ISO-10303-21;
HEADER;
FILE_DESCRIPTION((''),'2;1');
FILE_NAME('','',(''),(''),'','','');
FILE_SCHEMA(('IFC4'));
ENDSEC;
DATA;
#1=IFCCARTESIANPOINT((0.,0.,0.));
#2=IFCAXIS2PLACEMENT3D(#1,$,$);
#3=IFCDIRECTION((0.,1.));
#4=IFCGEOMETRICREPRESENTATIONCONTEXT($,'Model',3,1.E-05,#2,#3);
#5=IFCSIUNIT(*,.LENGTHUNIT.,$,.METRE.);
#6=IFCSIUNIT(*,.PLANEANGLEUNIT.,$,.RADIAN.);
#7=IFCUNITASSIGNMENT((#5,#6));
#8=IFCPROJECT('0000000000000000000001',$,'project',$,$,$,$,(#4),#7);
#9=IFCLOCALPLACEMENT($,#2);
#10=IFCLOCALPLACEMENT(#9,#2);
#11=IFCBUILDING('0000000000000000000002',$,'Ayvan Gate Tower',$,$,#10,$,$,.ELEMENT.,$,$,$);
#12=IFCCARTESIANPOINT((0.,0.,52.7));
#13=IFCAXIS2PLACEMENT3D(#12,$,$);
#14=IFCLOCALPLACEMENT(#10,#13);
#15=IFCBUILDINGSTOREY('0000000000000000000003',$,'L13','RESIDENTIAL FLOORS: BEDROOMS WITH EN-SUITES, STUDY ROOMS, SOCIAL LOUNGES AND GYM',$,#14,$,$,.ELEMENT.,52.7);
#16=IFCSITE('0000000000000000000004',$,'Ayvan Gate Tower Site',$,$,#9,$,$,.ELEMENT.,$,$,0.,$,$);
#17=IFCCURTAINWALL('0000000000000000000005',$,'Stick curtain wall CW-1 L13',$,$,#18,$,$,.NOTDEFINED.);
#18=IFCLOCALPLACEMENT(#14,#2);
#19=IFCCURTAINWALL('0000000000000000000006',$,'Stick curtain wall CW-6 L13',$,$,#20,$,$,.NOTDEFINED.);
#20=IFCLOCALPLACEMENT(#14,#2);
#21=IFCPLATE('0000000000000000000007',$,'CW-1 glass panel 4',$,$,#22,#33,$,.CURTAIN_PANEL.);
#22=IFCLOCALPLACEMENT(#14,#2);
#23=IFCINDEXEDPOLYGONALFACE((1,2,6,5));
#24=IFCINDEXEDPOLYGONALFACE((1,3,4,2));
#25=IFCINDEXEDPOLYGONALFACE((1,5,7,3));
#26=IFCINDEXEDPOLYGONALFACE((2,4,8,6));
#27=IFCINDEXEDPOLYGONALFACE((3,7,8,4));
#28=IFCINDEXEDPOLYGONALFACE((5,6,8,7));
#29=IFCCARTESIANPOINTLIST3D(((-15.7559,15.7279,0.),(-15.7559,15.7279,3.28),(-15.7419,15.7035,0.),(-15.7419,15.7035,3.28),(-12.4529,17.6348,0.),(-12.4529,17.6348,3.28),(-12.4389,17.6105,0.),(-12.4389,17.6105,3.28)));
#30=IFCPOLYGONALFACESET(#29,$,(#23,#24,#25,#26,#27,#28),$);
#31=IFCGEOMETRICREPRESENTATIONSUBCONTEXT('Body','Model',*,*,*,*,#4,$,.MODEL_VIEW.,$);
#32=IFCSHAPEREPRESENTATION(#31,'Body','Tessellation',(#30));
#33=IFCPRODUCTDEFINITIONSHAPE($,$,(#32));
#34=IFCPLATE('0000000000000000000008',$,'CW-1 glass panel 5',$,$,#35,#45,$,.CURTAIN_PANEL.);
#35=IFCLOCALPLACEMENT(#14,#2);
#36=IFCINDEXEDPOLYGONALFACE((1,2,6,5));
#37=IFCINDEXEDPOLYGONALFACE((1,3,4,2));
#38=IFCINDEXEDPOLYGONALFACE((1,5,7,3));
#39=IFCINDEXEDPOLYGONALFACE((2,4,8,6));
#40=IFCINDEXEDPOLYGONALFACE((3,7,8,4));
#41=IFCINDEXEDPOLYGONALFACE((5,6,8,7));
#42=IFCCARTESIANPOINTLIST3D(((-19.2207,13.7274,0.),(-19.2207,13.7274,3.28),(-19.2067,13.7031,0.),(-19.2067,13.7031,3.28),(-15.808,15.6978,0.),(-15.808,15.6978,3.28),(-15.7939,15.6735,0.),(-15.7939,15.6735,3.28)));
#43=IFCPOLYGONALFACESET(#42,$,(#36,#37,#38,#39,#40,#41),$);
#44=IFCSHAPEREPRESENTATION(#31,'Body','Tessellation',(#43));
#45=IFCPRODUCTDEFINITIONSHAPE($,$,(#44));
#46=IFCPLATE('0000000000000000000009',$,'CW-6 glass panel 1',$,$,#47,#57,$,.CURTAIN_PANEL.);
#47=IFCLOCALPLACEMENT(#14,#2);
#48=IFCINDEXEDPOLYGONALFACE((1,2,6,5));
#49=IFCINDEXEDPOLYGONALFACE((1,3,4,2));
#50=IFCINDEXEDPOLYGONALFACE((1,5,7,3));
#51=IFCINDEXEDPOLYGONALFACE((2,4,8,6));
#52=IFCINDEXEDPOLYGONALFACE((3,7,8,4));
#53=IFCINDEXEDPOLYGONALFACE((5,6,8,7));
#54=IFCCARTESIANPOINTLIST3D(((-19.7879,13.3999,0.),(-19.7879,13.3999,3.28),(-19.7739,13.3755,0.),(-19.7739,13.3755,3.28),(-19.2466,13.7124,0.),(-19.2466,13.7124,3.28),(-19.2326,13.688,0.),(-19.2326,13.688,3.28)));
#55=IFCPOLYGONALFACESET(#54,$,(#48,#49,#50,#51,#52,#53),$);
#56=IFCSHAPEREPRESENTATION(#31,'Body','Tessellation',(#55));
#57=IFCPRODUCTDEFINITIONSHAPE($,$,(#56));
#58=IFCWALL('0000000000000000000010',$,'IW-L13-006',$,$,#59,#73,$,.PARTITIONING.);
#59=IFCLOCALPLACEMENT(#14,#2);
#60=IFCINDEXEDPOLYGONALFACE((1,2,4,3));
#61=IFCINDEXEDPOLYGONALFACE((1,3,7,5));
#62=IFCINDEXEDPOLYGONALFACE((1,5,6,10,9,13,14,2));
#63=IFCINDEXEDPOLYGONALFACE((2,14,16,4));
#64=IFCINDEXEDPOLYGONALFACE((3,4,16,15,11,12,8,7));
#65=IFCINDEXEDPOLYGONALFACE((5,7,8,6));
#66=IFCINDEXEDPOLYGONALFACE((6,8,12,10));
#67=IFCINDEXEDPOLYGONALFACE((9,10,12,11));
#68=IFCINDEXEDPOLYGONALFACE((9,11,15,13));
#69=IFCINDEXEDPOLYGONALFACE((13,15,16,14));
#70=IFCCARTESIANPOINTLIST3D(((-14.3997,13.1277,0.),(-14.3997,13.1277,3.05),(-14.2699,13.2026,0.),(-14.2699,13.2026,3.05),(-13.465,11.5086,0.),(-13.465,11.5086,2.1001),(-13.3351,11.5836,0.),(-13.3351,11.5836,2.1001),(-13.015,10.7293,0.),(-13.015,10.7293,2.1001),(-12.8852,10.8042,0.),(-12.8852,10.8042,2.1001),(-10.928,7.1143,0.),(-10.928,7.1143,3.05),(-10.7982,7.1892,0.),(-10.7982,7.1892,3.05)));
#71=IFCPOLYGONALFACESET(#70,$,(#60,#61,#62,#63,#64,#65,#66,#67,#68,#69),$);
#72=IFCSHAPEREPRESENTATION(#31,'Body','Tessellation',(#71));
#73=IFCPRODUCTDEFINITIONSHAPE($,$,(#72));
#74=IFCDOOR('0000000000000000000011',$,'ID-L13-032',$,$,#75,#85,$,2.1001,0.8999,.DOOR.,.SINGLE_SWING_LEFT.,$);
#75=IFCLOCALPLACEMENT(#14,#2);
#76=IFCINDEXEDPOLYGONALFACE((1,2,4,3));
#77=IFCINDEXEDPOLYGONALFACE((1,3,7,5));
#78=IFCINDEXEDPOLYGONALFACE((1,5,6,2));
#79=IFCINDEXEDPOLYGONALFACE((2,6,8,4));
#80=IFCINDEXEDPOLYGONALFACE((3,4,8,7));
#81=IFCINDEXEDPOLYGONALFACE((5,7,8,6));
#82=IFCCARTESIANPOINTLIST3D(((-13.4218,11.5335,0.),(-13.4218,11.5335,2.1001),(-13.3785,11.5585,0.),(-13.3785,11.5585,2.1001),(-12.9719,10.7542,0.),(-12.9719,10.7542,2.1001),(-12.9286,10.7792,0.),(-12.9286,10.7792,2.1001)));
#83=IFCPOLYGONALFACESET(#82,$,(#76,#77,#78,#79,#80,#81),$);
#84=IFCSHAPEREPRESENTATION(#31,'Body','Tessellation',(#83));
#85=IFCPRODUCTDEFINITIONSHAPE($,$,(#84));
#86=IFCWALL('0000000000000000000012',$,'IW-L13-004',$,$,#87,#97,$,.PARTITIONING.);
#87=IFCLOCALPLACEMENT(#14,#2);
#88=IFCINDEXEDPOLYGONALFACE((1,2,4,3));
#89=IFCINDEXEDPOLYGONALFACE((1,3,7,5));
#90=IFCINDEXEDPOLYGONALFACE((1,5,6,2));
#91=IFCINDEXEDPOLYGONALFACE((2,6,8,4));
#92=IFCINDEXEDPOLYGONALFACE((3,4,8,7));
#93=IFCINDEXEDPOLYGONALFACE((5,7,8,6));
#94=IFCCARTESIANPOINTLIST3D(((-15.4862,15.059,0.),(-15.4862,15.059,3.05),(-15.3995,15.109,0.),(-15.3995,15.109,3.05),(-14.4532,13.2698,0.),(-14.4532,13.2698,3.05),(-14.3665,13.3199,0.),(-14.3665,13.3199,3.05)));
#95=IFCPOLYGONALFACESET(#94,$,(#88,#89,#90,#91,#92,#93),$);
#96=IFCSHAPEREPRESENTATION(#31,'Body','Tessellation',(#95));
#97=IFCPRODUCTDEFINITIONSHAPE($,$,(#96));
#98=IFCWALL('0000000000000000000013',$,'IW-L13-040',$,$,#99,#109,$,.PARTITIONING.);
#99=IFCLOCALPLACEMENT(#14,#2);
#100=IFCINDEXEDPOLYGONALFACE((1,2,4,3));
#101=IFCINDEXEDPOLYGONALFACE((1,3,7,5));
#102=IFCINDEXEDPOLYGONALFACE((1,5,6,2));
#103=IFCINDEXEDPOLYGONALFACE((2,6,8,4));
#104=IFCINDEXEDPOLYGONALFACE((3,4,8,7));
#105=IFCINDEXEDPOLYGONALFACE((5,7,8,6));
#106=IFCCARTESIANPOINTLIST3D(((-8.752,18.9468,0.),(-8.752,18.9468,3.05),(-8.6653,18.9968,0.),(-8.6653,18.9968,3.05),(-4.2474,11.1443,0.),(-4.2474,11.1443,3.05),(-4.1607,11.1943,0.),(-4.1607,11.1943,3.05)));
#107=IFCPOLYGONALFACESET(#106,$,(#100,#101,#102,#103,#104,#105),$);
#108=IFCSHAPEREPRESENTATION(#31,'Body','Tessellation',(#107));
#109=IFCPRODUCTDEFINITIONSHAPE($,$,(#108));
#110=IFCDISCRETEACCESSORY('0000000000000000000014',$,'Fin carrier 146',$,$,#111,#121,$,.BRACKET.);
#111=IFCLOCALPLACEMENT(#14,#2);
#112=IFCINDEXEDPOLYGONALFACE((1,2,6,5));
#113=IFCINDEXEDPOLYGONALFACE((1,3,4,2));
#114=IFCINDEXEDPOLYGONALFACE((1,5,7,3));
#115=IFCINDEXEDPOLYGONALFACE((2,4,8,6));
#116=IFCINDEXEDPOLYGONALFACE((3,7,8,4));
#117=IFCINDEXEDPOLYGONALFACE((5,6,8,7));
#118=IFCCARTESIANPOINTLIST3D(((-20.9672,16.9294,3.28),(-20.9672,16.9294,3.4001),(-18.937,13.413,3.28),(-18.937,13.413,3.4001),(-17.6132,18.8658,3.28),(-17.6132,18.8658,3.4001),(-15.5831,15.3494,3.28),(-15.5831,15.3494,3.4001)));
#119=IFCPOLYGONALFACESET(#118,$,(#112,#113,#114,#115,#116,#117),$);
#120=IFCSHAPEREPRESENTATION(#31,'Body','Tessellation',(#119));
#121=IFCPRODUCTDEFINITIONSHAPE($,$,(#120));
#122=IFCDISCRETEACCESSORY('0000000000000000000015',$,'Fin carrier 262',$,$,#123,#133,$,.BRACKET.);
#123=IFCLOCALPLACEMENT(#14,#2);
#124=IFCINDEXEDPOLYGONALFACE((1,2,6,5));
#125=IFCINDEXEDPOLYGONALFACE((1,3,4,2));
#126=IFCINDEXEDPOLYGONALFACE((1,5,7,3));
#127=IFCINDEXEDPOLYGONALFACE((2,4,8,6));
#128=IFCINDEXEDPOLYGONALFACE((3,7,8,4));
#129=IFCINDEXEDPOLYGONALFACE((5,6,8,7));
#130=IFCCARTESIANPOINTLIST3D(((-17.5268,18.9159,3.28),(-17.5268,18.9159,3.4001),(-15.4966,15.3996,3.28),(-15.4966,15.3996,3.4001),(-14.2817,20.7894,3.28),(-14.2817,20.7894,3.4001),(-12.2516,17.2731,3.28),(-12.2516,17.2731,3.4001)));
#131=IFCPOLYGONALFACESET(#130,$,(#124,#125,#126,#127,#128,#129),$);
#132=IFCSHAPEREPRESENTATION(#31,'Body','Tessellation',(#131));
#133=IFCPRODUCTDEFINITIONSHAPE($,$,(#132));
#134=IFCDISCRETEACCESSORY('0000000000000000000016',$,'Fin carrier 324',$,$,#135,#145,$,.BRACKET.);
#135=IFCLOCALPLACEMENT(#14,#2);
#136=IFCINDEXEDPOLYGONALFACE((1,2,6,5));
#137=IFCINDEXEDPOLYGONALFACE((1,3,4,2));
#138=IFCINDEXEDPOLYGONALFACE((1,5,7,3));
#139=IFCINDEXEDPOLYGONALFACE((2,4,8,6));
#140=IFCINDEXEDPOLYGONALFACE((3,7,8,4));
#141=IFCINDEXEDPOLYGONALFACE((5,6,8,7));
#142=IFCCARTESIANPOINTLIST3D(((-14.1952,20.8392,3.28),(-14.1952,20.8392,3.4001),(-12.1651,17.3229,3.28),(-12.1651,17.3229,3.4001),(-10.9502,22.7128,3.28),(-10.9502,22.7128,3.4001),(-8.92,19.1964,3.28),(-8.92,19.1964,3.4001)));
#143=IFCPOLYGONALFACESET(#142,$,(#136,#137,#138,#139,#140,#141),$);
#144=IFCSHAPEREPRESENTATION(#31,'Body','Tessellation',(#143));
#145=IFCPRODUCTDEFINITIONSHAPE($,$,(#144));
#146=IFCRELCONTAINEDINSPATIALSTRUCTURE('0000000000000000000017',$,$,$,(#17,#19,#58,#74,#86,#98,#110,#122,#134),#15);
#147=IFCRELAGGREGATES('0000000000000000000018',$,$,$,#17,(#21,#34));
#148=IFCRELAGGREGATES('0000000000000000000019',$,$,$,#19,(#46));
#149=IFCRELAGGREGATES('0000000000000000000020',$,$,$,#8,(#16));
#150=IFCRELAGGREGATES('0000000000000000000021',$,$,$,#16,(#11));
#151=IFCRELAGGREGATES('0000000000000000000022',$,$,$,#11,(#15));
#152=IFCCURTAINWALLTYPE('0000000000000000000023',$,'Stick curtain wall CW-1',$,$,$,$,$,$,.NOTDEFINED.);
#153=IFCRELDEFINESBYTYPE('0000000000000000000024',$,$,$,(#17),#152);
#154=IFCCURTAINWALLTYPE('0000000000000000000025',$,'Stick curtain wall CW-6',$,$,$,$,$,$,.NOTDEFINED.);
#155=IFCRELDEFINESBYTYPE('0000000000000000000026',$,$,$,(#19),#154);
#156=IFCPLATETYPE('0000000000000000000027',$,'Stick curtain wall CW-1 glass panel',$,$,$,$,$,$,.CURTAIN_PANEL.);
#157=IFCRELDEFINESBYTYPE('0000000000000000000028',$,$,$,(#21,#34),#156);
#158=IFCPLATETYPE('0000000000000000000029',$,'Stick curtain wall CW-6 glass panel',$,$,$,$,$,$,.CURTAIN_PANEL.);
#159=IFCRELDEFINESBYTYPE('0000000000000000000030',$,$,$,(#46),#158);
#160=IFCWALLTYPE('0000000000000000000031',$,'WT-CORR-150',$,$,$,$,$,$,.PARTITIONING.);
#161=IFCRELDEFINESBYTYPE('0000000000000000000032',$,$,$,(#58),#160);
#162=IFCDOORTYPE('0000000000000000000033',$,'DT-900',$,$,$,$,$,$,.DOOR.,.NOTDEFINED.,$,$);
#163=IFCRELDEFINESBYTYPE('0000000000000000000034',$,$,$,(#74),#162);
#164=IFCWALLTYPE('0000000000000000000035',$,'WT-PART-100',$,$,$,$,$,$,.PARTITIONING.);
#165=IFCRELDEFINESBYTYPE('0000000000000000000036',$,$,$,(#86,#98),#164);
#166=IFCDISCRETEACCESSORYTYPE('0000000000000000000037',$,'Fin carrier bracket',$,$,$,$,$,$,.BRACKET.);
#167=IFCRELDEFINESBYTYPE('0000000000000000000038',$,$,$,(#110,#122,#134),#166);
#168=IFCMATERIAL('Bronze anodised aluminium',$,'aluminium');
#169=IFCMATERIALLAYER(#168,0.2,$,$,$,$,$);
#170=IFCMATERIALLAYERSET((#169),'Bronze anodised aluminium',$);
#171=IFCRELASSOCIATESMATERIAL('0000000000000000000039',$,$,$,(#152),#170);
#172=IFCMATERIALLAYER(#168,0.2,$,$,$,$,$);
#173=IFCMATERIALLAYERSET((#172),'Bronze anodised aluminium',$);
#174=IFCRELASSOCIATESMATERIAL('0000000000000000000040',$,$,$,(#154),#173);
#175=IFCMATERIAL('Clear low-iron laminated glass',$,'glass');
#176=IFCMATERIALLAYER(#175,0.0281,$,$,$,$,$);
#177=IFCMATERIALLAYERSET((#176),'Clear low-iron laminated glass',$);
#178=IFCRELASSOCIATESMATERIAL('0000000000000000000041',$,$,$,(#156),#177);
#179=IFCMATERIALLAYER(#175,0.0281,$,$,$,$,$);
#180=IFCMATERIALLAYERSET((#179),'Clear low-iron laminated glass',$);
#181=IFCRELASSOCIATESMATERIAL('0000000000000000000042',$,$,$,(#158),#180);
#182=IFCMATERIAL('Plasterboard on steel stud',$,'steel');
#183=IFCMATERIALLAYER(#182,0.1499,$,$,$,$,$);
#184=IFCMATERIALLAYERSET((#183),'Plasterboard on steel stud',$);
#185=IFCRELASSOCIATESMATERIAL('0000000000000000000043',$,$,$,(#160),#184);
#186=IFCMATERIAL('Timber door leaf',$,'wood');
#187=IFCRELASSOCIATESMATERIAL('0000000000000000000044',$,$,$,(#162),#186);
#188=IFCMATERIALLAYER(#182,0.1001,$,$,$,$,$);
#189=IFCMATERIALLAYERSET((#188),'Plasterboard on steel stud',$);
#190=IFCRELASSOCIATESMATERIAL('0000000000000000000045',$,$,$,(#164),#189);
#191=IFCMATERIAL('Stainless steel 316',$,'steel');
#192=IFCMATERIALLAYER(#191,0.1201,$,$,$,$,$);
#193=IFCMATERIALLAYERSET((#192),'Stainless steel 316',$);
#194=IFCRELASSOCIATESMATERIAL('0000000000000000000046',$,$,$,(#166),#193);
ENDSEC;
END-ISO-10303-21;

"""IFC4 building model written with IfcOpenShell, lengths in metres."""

from ifc_helpers import new_model, si_unit, direction, frame, frame_2d, origin, origin_2d, place, context, subcontext, project, spatial, rectangle, extrude, material, layer, layer_set, type_object, element, fill, aggregate, save


model = new_model("IFC4")

# Units and contexts
model_context = context("Model", 3, precision=1e-05, world=origin(), true_north=direction((0.0, 1.0)))
body_context = subcontext(model_context, "Body", "Model", "MODEL_VIEW")
ifc_project = project(units=[si_unit("LENGTHUNIT", "METRE"), si_unit("PLANEANGLEUNIT", "RADIAN")], contexts=[model_context])

# Site, building, storey
site_placement = place(None, origin())
site = spatial("IfcSite", under=ifc_project, at=site_placement, Name="Ayvan Gate Tower Site", CompositionType="ELEMENT", RefElevation=0.0)
building_placement = place(site_placement, origin())
building = spatial("IfcBuilding", under=site, at=building_placement, Name="Ayvan Gate Tower", CompositionType="ELEMENT")
storey_placement = place(building_placement, frame((0.0, 0.0, 52.7)))
storey = spatial("IfcBuildingStorey", under=building, at=storey_placement, Name="L13", Description="RESIDENTIAL FLOORS: BEDROOMS WITH EN-SUITES, STUDY ROOMS, SOCIAL LOUNGES AND GYM", CompositionType="ELEMENT", Elevation=52.7)

# Curtain walls
ifc_material_1 = material(Name="Bronze anodised aluminium", Category="aluminium")
ifc_layer_1 = layer(ifc_material_1, 0.2)
ifc_layer_set_1 = layer_set([ifc_layer_1], Name="Bronze anodised aluminium")
curtain_wall_type_1 = type_object("IfcCurtainWallType", Name="Stick curtain wall CW-1", PredefinedType="NOTDEFINED", material=ifc_layer_set_1)
curtain_wall_1_placement = place(storey_placement, origin())
curtain_wall_1 = element("IfcCurtainWall", 1, at=curtain_wall_1_placement, inside=storey, type_object=curtain_wall_type_1, Name="Stick curtain wall CW-1 L13", PredefinedType="NOTDEFINED")
ifc_layer_2 = layer(ifc_material_1, 0.2)
ifc_layer_set_2 = layer_set([ifc_layer_2], Name="Bronze anodised aluminium")
curtain_wall_type_2 = type_object("IfcCurtainWallType", Name="Stick curtain wall CW-6", PredefinedType="NOTDEFINED", material=ifc_layer_set_2)
curtain_wall_2_placement = place(storey_placement, origin())
curtain_wall_2 = element("IfcCurtainWall", 2, at=curtain_wall_2_placement, inside=storey, type_object=curtain_wall_type_2, Name="Stick curtain wall CW-6 L13", PredefinedType="NOTDEFINED")

# Plates
ifc_material_2 = material(Name="Clear low-iron laminated glass", Category="glass")
ifc_layer_3 = layer(ifc_material_2, 0.0281)
ifc_layer_set_3 = layer_set([ifc_layer_3], Name="Clear low-iron laminated glass")
plate_type_1 = type_object("IfcPlateType", Name="Stick curtain wall CW-1 glass panel", PredefinedType="CURTAIN_PANEL", material=ifc_layer_set_3)
plate_1_placement = place(storey_placement, frame((-14.0974, 16.6692, 0.0), z_axis=(0.0, 0.0, 1.0), x_axis=(-0.866025, -0.5, 0.0)))
plate_1 = element("IfcPlate", 3, at=plate_1_placement, type_object=plate_type_1, Name="CW-1 glass panel 4", PredefinedType="CURTAIN_PANEL", context=body_context, shape_type="SweptSolid", body=[
    extrude(rectangle(XDim=3.814, YDim=0.0281, at=origin_2d()), origin(), (0.0, 0.0, 1.0), 3.28),
])
plate_2_placement = place(storey_placement, frame((-17.5073, 14.7004, 0.0), z_axis=(0.0, 0.0, 1.0), x_axis=(-0.866025, -0.5, 0.0)))
plate_2 = element("IfcPlate", 4, at=plate_2_placement, type_object=plate_type_1, Name="CW-1 glass panel 5", PredefinedType="CURTAIN_PANEL", context=body_context, shape_type="SweptSolid", body=[
    extrude(rectangle(XDim=3.9407, YDim=0.0281, at=origin_2d()), origin(), (0.0, 0.0, 1.0), 3.28),
])
aggregate(curtain_wall_1, [plate_1, plate_2])
ifc_layer_4 = layer(ifc_material_2, 0.0281)
ifc_layer_set_4 = layer_set([ifc_layer_4], Name="Clear low-iron laminated glass")
plate_type_2 = type_object("IfcPlateType", Name="Stick curtain wall CW-6 glass panel", PredefinedType="CURTAIN_PANEL", material=ifc_layer_set_4)
plate_3_placement = place(storey_placement, frame((-19.5103, 13.5439, 0.0), z_axis=(0.0, 0.0, 1.0), x_axis=(-0.866025, -0.5, 0.0)))
plate_3 = element("IfcPlate", 5, at=plate_3_placement, type_object=plate_type_2, Name="CW-6 glass panel 1", PredefinedType="CURTAIN_PANEL", context=body_context, shape_type="SweptSolid", body=[
    extrude(rectangle(XDim=0.625, YDim=0.0281, at=origin_2d()), origin(), (0.0, 0.0, 1.0), 3.28),
])
aggregate(curtain_wall_2, [plate_3])

# Wall, opening, door
ifc_material_3 = material(Name="Plasterboard on steel stud", Category="steel")
ifc_layer_5 = layer(ifc_material_3, 0.1499)
ifc_layer_set_5 = layer_set([ifc_layer_5], Name="Plasterboard on steel stud")
wall_type_1 = type_object("IfcWallType", Name="WT-CORR-150", PredefinedType="PARTITIONING", material=ifc_layer_set_5)
wall_1_placement = place(storey_placement, frame((-14.3347, 13.165, 0.0), z_axis=(0.0, 0.0, 1.0), x_axis=(0.499981, -0.866036, 0.0)))
wall_1 = element("IfcWall", 6, at=wall_1_placement, inside=storey, type_object=wall_type_1, Name="IW-L13-006", PredefinedType="PARTITIONING", context=body_context, shape_type="SweptSolid", body=[
    extrude(rectangle(XDim=6.9436, YDim=0.1499, at=frame_2d((3.4717, 0.0))), origin(), (0.0, 0.0, 1.0), 3.05),
])
opening_placement = place(wall_1_placement, frame((1.8694, 0.0, 0.0)))
opening = element("IfcOpeningElement", 7, at=opening_placement, cuts=wall_1, PredefinedType="OPENING", context=body_context, shape_type="SweptSolid", body=[
    extrude(rectangle(XDim=0.8999, YDim=2.1001, at=frame_2d((0.45, 1.05))), frame((0.0, 0.085, 0.0), z_axis=(0.0, -1.0, 0.0), x_axis=(1.0, 0.0, 0.0)), (0.0, 0.0, 1.0), 0.1699),
])
ifc_material_4 = material(Name="Timber door leaf", Category="wood")
door_type = type_object("IfcDoorType", Name="DT-900", OperationType="NOTDEFINED", PredefinedType="DOOR", material=ifc_material_4)
door_placement = place(opening_placement, origin())
door = element("IfcDoor", 8, at=door_placement, inside=storey, type_object=door_type, Name="ID-L13-032", OperationType="SINGLE_SWING_LEFT", OverallHeight=2.1001, OverallWidth=0.8999, PredefinedType="DOOR", context=body_context, shape_type="SweptSolid", body=[
    extrude(rectangle(XDim=0.8999, YDim=2.1001, at=frame_2d((0.45, 1.05))), frame((0.0, 0.0249, 0.0), z_axis=(0.0, -1.0, 0.0), x_axis=(1.0, 0.0, 0.0)), (0.0, 0.0, 1.0), 0.05),
])
fill(opening, door)

# Walls
ifc_layer_6 = layer(ifc_material_3, 0.1001)
ifc_layer_set_6 = layer_set([ifc_layer_6], Name="Plasterboard on steel stud")
wall_type_2 = type_object("IfcWallType", Name="WT-PART-100", PredefinedType="PARTITIONING", material=ifc_layer_set_6)
wall_2_placement = place(storey_placement, frame((-15.4429, 15.084, 0.0), z_axis=(0.0, 0.0, 1.0), x_axis=(0.500016, -0.866016, 0.0)))
element("IfcWall", 9, at=wall_2_placement, inside=storey, type_object=wall_type_2, Name="IW-L13-004", PredefinedType="PARTITIONING", context=body_context, shape_type="SweptSolid", body=[
    extrude(rectangle(XDim=2.0659, YDim=0.1001, at=frame_2d((1.033, 0.0))), origin(), (0.0, 0.0, 1.0), 3.05),
])
wall_3_placement = place(storey_placement, frame((-8.7087, 18.9719, 0.0), z_axis=(0.0, 0.0, 1.0), x_axis=(0.499989, -0.866032, 0.0)))
element("IfcWall", 10, at=wall_3_placement, inside=storey, type_object=wall_type_2, Name="IW-L13-040", PredefinedType="PARTITIONING", context=body_context, shape_type="SweptSolid", body=[
    extrude(rectangle(XDim=9.0095, YDim=0.1001, at=frame_2d((4.5049, 0.0))), origin(), (0.0, 0.0, 1.0), 3.05),
])

# Discrete accessories
ifc_material_5 = material(Name="Stainless steel 316", Category="steel")
ifc_layer_7 = layer(ifc_material_5, 0.1201)
ifc_layer_set_7 = layer_set([ifc_layer_7], Name="Stainless steel 316")
discrete_accessory_type = type_object("IfcDiscreteAccessoryType", Name="Fin carrier bracket", PredefinedType="BRACKET", material=ifc_layer_set_7)
discrete_accessory_placement = place(storey_placement, frame((-18.2751, 16.1394, 3.28), z_axis=(0.0, 0.0, 1.0), x_axis=(-0.866025, -0.5, 0.0)))
element("IfcDiscreteAccessory", 11, at=discrete_accessory_placement, inside=storey, type_object=discrete_accessory_type, Name="Fin carrier 146", PredefinedType="BRACKET", context=body_context, shape_type="SweptSolid", body=[
    extrude(rectangle(XDim=3.8728, YDim=4.0603, at=origin_2d()), origin(), (0.0, 0.0, 1.0), 0.1201),
])
for number, where, z_axis, x_axis, name in (
    (12, (-14.8892, 18.0945, 3.28), (0.0, 0.0, 1.0), (-0.866025, -0.5, 0.0), "Fin carrier 262"),
    (13, (-11.5576, 20.0178, 3.28), (0.0, 0.0, 1.0), (-0.866025, -0.5, 0.0), "Fin carrier 324"),
):
    element("IfcDiscreteAccessory", number, at=place(storey_placement, frame(where, z_axis=z_axis, x_axis=x_axis)), inside=storey, type_object=discrete_accessory_type, Name=name, PredefinedType="BRACKET", context=body_context, shape_type="SweptSolid", body=[
        extrude(rectangle(XDim=3.7471, YDim=4.0603, at=origin_2d()), origin(), (0.0, 0.0, 1.0), 0.1201),
    ])

save(model, "model.ifc")
